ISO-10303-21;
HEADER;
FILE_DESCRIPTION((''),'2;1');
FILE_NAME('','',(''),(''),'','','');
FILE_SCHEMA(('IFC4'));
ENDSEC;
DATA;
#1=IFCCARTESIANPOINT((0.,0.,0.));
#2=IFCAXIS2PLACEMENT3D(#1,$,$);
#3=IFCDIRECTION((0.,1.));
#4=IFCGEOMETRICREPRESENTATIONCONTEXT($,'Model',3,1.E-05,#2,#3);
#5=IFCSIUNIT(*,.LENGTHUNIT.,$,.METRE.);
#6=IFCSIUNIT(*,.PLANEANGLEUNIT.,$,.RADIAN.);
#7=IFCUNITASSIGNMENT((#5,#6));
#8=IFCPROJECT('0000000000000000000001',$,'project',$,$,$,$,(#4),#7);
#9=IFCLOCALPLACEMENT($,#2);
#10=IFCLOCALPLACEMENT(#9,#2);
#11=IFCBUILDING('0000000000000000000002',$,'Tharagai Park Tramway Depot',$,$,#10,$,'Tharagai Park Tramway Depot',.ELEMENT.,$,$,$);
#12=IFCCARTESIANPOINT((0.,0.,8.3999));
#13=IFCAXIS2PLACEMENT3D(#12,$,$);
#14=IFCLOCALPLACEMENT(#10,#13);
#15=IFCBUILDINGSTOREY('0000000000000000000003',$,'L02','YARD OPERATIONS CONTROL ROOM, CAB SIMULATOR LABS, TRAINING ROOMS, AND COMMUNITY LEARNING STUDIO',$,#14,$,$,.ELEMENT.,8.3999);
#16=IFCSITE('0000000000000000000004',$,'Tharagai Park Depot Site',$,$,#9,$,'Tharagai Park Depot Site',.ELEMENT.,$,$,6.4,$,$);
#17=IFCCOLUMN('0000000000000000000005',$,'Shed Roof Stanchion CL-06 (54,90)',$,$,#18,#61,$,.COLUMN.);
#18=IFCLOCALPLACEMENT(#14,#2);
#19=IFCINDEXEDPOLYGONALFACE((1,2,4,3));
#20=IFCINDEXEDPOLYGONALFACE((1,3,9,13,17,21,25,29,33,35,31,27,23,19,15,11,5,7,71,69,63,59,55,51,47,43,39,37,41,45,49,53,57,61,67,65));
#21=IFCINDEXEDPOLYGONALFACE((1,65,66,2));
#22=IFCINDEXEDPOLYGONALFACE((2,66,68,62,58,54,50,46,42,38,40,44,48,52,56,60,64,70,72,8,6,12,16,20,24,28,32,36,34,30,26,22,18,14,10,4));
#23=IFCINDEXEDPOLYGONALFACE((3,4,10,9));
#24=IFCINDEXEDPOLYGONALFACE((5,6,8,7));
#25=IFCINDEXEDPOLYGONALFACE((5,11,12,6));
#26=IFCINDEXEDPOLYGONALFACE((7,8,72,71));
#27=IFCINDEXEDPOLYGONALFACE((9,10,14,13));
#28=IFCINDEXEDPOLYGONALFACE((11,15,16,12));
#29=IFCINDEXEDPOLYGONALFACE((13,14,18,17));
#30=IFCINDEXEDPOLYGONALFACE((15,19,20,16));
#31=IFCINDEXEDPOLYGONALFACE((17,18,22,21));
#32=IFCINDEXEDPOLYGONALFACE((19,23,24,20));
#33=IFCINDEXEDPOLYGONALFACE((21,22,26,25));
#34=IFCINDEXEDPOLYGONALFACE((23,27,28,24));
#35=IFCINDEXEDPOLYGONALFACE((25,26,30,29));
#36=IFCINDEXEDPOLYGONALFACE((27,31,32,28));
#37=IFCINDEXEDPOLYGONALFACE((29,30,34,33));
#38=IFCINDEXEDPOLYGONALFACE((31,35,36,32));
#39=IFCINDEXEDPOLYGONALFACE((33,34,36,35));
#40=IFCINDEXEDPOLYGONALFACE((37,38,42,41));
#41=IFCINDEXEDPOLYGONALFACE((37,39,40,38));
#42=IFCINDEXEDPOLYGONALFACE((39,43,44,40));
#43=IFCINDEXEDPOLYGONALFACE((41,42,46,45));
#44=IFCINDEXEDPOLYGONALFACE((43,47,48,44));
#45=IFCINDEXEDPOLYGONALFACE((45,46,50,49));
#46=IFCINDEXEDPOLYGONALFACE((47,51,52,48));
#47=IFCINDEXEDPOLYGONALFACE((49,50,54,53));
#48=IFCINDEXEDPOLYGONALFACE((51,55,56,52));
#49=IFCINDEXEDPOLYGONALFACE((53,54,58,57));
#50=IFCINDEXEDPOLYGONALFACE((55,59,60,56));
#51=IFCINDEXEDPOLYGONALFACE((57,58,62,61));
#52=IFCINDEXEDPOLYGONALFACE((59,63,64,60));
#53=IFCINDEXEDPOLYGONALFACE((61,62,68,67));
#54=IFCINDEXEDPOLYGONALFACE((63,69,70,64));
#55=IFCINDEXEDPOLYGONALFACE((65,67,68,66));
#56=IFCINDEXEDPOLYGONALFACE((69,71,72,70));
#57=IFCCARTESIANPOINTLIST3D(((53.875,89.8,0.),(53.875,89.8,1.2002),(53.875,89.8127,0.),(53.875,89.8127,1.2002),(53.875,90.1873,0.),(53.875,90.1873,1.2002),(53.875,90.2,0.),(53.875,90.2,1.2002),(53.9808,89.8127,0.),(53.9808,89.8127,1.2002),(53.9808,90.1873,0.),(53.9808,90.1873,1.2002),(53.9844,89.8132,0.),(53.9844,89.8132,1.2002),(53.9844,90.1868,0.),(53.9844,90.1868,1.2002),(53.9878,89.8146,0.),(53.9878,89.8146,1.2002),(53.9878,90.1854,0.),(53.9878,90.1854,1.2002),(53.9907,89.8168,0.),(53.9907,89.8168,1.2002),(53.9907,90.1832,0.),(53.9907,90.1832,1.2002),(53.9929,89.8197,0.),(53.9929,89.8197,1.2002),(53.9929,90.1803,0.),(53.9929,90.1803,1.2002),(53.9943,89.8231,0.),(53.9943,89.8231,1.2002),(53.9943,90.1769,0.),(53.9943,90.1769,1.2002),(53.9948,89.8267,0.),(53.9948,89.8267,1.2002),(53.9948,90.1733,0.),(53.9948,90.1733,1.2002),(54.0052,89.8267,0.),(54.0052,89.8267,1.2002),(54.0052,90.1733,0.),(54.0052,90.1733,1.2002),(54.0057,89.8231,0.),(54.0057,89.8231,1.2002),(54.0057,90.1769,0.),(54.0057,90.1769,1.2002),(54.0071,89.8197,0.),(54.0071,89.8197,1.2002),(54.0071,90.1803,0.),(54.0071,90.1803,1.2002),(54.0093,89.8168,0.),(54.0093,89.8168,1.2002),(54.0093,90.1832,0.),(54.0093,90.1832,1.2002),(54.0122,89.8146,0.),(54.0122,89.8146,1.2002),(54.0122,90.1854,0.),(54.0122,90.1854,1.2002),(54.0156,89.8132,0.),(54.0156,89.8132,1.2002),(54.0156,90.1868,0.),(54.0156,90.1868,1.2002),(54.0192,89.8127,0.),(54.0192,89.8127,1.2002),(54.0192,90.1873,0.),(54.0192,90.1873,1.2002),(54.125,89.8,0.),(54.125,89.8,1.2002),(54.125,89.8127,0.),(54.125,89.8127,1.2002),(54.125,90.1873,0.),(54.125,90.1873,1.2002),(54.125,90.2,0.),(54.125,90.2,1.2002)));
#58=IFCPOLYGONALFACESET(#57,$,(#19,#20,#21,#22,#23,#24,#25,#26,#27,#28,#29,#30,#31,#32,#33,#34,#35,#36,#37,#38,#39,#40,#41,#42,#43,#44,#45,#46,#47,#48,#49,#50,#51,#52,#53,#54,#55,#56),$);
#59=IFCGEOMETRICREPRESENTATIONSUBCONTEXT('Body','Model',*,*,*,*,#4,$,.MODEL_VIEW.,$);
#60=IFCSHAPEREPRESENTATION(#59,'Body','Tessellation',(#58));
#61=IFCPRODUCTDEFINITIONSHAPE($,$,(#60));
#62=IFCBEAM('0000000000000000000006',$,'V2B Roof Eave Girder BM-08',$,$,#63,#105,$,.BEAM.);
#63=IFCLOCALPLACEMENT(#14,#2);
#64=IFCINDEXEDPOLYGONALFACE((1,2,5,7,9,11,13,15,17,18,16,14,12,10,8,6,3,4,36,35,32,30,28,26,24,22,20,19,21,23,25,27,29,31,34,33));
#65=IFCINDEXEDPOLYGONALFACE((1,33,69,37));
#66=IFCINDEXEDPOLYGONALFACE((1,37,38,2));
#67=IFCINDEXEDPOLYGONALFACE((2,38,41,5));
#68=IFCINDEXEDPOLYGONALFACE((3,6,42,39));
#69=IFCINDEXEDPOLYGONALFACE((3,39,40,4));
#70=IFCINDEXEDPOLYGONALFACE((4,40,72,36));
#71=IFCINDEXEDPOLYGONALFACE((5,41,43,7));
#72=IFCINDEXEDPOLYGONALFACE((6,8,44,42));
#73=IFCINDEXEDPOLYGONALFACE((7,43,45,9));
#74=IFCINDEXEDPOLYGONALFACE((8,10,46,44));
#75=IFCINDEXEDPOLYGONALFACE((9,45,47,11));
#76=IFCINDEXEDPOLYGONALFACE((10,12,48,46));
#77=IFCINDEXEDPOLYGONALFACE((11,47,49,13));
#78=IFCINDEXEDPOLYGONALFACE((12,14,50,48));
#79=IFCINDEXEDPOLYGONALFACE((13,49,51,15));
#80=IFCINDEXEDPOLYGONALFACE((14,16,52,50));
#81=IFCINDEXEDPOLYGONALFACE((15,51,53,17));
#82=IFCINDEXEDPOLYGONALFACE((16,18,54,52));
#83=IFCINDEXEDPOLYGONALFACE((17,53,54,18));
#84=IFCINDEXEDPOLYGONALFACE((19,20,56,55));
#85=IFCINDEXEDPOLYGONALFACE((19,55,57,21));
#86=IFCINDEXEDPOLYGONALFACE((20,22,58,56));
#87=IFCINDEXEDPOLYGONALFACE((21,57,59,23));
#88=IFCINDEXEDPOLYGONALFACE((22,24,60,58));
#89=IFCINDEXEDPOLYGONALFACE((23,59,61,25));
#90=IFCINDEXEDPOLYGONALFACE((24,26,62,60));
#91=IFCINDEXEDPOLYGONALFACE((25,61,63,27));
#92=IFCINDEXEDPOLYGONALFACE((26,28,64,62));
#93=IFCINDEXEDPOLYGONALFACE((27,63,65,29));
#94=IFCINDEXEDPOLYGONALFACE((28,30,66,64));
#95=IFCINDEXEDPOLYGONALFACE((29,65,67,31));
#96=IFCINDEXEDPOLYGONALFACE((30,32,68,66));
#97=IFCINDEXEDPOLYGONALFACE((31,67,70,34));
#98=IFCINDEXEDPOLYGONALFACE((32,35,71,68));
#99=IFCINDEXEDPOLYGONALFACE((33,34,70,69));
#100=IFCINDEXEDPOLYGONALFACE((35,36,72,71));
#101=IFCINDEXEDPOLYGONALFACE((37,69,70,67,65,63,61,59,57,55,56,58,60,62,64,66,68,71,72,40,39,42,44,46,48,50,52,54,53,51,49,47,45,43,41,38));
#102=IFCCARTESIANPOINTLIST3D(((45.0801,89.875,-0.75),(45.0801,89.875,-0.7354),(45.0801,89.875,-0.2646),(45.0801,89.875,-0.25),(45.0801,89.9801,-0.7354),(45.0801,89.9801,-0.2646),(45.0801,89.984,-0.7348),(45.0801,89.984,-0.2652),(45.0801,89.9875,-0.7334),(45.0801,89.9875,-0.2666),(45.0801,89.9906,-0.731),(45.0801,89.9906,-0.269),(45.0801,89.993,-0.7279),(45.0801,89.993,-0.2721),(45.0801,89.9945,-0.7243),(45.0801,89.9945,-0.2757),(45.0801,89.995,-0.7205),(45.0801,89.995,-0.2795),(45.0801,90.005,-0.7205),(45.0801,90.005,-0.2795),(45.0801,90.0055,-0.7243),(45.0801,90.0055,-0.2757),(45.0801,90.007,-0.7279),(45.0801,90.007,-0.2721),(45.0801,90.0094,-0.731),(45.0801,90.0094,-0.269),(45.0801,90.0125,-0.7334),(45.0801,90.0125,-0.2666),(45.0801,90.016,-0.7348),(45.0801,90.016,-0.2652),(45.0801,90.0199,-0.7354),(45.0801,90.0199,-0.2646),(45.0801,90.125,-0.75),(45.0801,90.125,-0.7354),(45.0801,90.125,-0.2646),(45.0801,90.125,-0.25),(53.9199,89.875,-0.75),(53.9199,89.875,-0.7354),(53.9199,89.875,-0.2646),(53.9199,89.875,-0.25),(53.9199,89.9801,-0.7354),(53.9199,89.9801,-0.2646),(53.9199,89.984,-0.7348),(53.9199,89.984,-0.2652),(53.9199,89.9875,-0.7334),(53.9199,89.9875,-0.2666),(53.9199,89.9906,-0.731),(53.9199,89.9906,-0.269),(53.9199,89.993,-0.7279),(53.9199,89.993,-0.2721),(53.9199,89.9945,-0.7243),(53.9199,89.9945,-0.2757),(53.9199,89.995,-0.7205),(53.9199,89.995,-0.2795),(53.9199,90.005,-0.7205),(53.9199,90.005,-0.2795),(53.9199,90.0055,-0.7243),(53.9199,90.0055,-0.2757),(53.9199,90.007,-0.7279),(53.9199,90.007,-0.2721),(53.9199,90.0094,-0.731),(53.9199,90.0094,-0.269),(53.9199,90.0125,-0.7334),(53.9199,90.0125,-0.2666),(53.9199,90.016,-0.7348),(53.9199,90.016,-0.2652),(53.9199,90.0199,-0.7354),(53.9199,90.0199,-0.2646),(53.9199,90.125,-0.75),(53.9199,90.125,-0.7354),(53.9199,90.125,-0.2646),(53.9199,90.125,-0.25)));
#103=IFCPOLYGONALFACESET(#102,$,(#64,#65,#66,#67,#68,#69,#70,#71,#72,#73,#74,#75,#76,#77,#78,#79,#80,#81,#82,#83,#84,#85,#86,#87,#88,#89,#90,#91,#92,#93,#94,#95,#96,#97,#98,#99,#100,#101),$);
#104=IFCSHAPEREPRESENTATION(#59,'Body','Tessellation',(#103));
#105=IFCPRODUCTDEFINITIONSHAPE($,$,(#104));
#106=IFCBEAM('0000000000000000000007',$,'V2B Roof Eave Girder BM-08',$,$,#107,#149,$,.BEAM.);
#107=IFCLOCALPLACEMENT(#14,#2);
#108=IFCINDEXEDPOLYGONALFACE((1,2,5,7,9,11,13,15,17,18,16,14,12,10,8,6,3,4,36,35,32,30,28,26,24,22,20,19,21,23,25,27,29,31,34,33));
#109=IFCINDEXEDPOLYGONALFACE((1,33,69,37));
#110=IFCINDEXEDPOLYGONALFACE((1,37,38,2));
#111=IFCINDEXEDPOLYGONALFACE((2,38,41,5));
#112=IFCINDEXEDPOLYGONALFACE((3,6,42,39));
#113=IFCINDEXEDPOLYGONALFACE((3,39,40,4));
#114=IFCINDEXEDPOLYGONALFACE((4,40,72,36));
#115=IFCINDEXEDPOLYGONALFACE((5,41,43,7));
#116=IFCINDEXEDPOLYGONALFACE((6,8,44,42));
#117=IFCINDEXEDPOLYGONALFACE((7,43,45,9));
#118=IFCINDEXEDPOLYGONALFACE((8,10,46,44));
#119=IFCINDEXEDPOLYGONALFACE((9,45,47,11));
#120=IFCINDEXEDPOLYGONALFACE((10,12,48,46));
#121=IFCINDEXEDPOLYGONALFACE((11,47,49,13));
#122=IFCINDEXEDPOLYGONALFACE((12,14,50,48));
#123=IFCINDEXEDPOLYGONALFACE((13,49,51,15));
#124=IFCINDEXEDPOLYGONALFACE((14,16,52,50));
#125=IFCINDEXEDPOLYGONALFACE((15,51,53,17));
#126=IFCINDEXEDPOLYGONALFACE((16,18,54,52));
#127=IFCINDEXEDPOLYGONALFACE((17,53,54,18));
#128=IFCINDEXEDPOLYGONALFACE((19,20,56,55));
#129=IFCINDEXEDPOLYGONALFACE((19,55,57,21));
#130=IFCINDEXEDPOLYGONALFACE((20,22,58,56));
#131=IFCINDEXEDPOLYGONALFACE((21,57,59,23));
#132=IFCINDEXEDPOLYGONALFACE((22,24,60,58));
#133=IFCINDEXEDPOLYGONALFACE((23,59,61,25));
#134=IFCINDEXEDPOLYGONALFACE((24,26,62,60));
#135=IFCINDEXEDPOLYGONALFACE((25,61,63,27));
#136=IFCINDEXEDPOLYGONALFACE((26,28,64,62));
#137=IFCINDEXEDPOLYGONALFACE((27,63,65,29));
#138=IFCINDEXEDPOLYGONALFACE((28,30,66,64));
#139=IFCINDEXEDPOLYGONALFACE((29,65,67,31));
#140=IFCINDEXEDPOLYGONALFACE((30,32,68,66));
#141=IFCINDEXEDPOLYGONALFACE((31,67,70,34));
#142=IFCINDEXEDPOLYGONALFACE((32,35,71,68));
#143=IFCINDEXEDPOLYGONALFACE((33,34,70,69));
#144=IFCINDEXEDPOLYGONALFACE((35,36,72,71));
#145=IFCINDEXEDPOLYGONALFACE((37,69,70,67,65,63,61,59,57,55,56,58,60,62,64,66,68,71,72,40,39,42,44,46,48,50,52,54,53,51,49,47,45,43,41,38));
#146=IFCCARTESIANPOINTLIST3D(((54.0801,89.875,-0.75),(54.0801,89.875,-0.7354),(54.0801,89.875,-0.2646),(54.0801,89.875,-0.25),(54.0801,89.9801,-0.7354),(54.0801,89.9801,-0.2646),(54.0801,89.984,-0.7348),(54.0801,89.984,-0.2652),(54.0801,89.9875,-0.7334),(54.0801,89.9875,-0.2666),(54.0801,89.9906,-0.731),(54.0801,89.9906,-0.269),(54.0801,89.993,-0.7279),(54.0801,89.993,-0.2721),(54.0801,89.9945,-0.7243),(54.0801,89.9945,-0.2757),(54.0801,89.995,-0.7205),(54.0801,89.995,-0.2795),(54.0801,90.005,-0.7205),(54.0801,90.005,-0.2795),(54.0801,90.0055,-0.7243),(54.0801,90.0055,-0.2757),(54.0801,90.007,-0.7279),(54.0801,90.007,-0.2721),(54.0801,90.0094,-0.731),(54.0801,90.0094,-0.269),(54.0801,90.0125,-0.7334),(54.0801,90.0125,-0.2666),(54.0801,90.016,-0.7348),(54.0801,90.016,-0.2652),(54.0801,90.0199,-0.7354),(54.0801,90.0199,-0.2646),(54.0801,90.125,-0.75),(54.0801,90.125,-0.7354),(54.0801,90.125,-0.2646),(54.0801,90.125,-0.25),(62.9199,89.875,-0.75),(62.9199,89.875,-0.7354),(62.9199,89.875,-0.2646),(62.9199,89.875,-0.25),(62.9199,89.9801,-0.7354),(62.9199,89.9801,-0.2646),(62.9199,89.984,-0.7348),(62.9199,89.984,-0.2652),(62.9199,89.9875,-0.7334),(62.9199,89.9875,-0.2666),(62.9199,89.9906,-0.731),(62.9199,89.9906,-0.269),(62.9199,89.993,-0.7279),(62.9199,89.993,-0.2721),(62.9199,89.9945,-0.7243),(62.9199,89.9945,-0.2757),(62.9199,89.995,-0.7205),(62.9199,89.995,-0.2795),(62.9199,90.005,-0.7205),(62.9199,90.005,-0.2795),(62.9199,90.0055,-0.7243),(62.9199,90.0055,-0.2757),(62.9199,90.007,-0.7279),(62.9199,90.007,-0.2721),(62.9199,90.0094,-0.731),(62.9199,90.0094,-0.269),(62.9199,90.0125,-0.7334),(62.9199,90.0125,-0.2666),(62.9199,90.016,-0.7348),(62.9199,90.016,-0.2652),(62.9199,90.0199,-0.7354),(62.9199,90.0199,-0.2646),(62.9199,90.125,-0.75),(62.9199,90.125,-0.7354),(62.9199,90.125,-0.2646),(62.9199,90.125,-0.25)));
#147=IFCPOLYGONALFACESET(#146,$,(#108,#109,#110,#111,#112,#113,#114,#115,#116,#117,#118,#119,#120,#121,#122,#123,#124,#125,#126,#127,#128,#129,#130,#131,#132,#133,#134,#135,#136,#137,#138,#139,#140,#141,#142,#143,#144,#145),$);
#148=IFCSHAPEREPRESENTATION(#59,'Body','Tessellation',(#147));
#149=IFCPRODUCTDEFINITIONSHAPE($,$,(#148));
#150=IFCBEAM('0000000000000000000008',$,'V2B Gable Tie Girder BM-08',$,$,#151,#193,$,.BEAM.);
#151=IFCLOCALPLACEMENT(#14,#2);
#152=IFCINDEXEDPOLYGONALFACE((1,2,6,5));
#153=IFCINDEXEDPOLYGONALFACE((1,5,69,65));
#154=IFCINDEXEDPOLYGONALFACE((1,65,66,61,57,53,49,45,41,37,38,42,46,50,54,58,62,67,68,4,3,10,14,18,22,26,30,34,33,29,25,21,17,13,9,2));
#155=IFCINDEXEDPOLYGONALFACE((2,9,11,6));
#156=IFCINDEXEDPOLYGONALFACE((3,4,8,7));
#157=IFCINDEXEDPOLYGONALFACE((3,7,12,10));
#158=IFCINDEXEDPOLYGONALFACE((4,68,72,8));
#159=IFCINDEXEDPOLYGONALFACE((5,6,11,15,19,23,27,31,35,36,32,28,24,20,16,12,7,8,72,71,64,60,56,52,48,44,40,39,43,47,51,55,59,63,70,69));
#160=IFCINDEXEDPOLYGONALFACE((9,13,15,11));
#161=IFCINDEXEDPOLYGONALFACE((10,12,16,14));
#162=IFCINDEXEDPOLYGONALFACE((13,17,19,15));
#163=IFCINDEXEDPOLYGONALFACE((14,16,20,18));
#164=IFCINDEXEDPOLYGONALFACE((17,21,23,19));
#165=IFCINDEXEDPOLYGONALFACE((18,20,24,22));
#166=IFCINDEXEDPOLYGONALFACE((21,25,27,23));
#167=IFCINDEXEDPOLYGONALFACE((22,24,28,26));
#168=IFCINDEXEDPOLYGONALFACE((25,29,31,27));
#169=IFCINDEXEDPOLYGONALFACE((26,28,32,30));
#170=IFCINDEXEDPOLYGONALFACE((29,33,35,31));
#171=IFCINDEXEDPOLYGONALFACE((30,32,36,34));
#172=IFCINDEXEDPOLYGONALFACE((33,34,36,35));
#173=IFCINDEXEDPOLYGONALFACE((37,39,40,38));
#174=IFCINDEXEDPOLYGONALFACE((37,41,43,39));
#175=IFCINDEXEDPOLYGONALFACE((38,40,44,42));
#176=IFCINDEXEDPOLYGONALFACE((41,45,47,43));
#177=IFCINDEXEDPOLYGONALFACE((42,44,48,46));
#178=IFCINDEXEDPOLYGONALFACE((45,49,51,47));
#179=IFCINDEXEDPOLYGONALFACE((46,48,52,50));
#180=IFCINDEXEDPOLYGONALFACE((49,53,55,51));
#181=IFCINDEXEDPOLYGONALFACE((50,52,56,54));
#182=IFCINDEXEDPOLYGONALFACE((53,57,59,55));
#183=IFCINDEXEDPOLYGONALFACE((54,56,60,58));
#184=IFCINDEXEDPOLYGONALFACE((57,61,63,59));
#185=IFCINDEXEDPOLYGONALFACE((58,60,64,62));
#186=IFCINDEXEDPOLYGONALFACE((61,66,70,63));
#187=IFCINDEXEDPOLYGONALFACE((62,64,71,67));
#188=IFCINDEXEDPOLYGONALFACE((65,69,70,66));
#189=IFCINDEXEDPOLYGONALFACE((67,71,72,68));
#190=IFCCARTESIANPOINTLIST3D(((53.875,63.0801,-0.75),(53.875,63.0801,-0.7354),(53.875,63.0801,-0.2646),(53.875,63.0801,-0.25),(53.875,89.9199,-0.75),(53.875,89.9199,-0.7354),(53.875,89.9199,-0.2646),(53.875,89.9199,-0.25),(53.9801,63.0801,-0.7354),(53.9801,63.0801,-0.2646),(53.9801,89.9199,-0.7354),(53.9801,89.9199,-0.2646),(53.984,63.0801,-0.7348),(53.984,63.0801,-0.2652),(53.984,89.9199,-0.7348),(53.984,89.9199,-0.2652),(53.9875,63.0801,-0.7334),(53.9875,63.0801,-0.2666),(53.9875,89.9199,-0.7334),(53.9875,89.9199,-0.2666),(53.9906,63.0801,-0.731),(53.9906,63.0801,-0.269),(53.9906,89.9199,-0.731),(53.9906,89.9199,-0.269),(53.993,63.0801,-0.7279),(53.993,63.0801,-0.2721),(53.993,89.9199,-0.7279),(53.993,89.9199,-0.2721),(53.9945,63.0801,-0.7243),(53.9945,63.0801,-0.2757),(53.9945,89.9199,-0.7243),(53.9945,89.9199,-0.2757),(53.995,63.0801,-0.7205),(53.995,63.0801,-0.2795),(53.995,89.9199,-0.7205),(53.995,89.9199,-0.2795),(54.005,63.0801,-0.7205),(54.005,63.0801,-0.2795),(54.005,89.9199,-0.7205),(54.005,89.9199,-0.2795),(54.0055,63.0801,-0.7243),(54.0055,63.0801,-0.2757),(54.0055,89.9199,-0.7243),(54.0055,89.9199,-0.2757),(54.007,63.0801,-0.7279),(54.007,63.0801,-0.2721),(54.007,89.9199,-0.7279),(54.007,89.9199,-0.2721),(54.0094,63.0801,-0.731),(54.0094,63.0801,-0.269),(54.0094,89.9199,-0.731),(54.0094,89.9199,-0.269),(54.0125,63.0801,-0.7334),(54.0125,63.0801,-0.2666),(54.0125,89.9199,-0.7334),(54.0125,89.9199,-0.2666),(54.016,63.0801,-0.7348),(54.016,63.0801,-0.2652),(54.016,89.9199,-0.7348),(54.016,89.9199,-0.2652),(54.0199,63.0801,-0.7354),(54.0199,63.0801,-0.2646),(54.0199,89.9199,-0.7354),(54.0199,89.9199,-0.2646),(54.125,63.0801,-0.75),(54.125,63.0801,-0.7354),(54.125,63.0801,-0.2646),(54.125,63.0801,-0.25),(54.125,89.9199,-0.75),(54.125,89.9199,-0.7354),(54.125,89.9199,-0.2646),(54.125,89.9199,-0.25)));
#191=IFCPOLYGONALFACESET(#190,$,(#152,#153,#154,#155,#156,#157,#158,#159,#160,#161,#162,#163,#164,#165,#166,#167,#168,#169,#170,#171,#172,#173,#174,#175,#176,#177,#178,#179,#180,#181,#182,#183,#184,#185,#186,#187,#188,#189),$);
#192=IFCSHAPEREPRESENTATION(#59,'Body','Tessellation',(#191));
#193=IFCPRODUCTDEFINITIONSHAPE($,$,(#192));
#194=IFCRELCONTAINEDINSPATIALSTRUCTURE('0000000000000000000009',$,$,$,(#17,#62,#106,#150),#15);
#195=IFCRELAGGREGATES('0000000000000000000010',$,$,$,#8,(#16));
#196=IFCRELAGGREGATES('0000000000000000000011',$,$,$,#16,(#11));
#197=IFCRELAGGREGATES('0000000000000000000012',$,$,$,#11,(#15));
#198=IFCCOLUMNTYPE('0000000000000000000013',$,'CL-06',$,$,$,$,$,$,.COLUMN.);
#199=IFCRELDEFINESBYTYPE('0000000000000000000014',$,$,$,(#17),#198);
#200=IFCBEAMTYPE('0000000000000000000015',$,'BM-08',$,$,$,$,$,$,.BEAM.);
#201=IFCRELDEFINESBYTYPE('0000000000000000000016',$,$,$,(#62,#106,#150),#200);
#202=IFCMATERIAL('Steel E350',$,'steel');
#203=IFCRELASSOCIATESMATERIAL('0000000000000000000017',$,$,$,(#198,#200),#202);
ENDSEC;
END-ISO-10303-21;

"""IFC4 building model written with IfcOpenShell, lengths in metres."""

from ifc_helpers import new_model, si_unit, direction, frame, origin, origin_2d, place, context, subcontext, project, spatial, i_section, extrude, material, material_profile, profile_set, type_object, element, save


model = new_model("IFC4")

# Units and contexts
model_context = context("Model", 3, precision=1e-05, world=origin(), true_north=direction((0.0, 1.0)))
body_context = subcontext(model_context, "Body", "Model", "MODEL_VIEW")
ifc_project = project(units=[si_unit("LENGTHUNIT", "METRE"), si_unit("PLANEANGLEUNIT", "RADIAN")], contexts=[model_context])

# Site, building, storey
site_placement = place(None, origin())
site = spatial("IfcSite", under=ifc_project, at=site_placement, Name="Tharagai Park Depot Site", LongName="Tharagai Park Depot Site", CompositionType="ELEMENT", RefElevation=6.4)
building_placement = place(site_placement, origin())
building = spatial("IfcBuilding", under=site, at=building_placement, Name="Tharagai Park Tramway Depot", LongName="Tharagai Park Tramway Depot", CompositionType="ELEMENT")
storey_placement = place(building_placement, frame((0.0, 0.0, 8.3999)))
storey = spatial("IfcBuildingStorey", under=building, at=storey_placement, Name="L02", Description="YARD OPERATIONS CONTROL ROOM, CAB SIMULATOR LABS, TRAINING ROOMS, AND COMMUNITY LEARNING STUDIO", CompositionType="ELEMENT", Elevation=8.3999)

# Column
ifc_material_1 = material(Name="Steel E350", Category="steel")
ifc_material_profile_1 = material_profile(ifc_material_1, i_section(OverallWidth=0.25, OverallDepth=0.3999, WebThickness=0.0105, FlangeThickness=0.0127, FilletRadius=0.0139, at=origin_2d()), Name="ISHB 400")
ifc_profile_set_1 = profile_set([ifc_material_profile_1], Name="Steel E350")
column_type = type_object("IfcColumnType", Name="CL-06", PredefinedType="COLUMN", material=ifc_profile_set_1)
column_placement = place(storey_placement, frame((54.0, 90.0, 0.0), z_axis=(0.0, 0.0, 1.0), x_axis=(1.0, 0.0, 0.0)))
element("IfcColumn", 1, at=column_placement, inside=storey, type_object=column_type, Name="Shed Roof Stanchion CL-06 (54,90)", PredefinedType="COLUMN", context=body_context, shape_type="SweptSolid", body=[
    extrude(i_section(OverallWidth=0.25, OverallDepth=0.3999, WebThickness=0.0105, FlangeThickness=0.0127, FilletRadius=0.0139, at=origin_2d()), origin(), (0.0, 0.0, 1.0), 1.2002),
])

# Beams
ifc_material_profile_2 = material_profile(ifc_material_1, i_section(OverallWidth=0.25, OverallDepth=0.5, WebThickness=0.01, FlangeThickness=0.0146, FilletRadius=0.0149, at=origin_2d()), Name="ISWB 500")
ifc_profile_set_2 = profile_set([ifc_material_profile_2], Name="Steel E350")
beam_type_1 = type_object("IfcBeamType", Name="BM-08", PredefinedType="BEAM", material=ifc_profile_set_2)
for number, where, z_axis, x_axis, name in (
    (2, (45.0801, 90.0, -0.5), (1.0, 0.0, 0.0), (0.0, 1.0, 0.0), "V2B Roof Eave Girder BM-08"),
    (3, (54.0801, 90.0, -0.5), (1.0, 0.0, 0.0), (0.0, 1.0, 0.0), "V2B Roof Eave Girder BM-08"),
):
    element("IfcBeam", number, at=place(storey_placement, frame(where, z_axis=z_axis, x_axis=x_axis)), inside=storey, type_object=beam_type_1, Name=name, PredefinedType="BEAM", context=body_context, shape_type="SweptSolid", body=[
        extrude(i_section(OverallWidth=0.25, OverallDepth=0.5, WebThickness=0.01, FlangeThickness=0.0146, FilletRadius=0.0149, at=origin_2d()), origin(), (0.0, 0.0, 1.0), 8.8398),
    ])
for number, where, z_axis, x_axis, name in (
    (4, (54.0, 63.0801, -0.5), (0.0, 1.0, 0.0), (-1.0, 0.0, 0.0), "V2B Gable Tie Girder BM-08"),
):
    element("IfcBeam", number, at=place(storey_placement, frame(where, z_axis=z_axis, x_axis=x_axis)), inside=storey, type_object=beam_type_1, Name=name, PredefinedType="BEAM", context=body_context, shape_type="SweptSolid", body=[
        extrude(i_section(OverallWidth=0.25, OverallDepth=0.5, WebThickness=0.01, FlangeThickness=0.0146, FilletRadius=0.0149, at=origin_2d()), origin(), (0.0, 0.0, 1.0), 26.8398),
    ])

save(model, "model.ifc")
